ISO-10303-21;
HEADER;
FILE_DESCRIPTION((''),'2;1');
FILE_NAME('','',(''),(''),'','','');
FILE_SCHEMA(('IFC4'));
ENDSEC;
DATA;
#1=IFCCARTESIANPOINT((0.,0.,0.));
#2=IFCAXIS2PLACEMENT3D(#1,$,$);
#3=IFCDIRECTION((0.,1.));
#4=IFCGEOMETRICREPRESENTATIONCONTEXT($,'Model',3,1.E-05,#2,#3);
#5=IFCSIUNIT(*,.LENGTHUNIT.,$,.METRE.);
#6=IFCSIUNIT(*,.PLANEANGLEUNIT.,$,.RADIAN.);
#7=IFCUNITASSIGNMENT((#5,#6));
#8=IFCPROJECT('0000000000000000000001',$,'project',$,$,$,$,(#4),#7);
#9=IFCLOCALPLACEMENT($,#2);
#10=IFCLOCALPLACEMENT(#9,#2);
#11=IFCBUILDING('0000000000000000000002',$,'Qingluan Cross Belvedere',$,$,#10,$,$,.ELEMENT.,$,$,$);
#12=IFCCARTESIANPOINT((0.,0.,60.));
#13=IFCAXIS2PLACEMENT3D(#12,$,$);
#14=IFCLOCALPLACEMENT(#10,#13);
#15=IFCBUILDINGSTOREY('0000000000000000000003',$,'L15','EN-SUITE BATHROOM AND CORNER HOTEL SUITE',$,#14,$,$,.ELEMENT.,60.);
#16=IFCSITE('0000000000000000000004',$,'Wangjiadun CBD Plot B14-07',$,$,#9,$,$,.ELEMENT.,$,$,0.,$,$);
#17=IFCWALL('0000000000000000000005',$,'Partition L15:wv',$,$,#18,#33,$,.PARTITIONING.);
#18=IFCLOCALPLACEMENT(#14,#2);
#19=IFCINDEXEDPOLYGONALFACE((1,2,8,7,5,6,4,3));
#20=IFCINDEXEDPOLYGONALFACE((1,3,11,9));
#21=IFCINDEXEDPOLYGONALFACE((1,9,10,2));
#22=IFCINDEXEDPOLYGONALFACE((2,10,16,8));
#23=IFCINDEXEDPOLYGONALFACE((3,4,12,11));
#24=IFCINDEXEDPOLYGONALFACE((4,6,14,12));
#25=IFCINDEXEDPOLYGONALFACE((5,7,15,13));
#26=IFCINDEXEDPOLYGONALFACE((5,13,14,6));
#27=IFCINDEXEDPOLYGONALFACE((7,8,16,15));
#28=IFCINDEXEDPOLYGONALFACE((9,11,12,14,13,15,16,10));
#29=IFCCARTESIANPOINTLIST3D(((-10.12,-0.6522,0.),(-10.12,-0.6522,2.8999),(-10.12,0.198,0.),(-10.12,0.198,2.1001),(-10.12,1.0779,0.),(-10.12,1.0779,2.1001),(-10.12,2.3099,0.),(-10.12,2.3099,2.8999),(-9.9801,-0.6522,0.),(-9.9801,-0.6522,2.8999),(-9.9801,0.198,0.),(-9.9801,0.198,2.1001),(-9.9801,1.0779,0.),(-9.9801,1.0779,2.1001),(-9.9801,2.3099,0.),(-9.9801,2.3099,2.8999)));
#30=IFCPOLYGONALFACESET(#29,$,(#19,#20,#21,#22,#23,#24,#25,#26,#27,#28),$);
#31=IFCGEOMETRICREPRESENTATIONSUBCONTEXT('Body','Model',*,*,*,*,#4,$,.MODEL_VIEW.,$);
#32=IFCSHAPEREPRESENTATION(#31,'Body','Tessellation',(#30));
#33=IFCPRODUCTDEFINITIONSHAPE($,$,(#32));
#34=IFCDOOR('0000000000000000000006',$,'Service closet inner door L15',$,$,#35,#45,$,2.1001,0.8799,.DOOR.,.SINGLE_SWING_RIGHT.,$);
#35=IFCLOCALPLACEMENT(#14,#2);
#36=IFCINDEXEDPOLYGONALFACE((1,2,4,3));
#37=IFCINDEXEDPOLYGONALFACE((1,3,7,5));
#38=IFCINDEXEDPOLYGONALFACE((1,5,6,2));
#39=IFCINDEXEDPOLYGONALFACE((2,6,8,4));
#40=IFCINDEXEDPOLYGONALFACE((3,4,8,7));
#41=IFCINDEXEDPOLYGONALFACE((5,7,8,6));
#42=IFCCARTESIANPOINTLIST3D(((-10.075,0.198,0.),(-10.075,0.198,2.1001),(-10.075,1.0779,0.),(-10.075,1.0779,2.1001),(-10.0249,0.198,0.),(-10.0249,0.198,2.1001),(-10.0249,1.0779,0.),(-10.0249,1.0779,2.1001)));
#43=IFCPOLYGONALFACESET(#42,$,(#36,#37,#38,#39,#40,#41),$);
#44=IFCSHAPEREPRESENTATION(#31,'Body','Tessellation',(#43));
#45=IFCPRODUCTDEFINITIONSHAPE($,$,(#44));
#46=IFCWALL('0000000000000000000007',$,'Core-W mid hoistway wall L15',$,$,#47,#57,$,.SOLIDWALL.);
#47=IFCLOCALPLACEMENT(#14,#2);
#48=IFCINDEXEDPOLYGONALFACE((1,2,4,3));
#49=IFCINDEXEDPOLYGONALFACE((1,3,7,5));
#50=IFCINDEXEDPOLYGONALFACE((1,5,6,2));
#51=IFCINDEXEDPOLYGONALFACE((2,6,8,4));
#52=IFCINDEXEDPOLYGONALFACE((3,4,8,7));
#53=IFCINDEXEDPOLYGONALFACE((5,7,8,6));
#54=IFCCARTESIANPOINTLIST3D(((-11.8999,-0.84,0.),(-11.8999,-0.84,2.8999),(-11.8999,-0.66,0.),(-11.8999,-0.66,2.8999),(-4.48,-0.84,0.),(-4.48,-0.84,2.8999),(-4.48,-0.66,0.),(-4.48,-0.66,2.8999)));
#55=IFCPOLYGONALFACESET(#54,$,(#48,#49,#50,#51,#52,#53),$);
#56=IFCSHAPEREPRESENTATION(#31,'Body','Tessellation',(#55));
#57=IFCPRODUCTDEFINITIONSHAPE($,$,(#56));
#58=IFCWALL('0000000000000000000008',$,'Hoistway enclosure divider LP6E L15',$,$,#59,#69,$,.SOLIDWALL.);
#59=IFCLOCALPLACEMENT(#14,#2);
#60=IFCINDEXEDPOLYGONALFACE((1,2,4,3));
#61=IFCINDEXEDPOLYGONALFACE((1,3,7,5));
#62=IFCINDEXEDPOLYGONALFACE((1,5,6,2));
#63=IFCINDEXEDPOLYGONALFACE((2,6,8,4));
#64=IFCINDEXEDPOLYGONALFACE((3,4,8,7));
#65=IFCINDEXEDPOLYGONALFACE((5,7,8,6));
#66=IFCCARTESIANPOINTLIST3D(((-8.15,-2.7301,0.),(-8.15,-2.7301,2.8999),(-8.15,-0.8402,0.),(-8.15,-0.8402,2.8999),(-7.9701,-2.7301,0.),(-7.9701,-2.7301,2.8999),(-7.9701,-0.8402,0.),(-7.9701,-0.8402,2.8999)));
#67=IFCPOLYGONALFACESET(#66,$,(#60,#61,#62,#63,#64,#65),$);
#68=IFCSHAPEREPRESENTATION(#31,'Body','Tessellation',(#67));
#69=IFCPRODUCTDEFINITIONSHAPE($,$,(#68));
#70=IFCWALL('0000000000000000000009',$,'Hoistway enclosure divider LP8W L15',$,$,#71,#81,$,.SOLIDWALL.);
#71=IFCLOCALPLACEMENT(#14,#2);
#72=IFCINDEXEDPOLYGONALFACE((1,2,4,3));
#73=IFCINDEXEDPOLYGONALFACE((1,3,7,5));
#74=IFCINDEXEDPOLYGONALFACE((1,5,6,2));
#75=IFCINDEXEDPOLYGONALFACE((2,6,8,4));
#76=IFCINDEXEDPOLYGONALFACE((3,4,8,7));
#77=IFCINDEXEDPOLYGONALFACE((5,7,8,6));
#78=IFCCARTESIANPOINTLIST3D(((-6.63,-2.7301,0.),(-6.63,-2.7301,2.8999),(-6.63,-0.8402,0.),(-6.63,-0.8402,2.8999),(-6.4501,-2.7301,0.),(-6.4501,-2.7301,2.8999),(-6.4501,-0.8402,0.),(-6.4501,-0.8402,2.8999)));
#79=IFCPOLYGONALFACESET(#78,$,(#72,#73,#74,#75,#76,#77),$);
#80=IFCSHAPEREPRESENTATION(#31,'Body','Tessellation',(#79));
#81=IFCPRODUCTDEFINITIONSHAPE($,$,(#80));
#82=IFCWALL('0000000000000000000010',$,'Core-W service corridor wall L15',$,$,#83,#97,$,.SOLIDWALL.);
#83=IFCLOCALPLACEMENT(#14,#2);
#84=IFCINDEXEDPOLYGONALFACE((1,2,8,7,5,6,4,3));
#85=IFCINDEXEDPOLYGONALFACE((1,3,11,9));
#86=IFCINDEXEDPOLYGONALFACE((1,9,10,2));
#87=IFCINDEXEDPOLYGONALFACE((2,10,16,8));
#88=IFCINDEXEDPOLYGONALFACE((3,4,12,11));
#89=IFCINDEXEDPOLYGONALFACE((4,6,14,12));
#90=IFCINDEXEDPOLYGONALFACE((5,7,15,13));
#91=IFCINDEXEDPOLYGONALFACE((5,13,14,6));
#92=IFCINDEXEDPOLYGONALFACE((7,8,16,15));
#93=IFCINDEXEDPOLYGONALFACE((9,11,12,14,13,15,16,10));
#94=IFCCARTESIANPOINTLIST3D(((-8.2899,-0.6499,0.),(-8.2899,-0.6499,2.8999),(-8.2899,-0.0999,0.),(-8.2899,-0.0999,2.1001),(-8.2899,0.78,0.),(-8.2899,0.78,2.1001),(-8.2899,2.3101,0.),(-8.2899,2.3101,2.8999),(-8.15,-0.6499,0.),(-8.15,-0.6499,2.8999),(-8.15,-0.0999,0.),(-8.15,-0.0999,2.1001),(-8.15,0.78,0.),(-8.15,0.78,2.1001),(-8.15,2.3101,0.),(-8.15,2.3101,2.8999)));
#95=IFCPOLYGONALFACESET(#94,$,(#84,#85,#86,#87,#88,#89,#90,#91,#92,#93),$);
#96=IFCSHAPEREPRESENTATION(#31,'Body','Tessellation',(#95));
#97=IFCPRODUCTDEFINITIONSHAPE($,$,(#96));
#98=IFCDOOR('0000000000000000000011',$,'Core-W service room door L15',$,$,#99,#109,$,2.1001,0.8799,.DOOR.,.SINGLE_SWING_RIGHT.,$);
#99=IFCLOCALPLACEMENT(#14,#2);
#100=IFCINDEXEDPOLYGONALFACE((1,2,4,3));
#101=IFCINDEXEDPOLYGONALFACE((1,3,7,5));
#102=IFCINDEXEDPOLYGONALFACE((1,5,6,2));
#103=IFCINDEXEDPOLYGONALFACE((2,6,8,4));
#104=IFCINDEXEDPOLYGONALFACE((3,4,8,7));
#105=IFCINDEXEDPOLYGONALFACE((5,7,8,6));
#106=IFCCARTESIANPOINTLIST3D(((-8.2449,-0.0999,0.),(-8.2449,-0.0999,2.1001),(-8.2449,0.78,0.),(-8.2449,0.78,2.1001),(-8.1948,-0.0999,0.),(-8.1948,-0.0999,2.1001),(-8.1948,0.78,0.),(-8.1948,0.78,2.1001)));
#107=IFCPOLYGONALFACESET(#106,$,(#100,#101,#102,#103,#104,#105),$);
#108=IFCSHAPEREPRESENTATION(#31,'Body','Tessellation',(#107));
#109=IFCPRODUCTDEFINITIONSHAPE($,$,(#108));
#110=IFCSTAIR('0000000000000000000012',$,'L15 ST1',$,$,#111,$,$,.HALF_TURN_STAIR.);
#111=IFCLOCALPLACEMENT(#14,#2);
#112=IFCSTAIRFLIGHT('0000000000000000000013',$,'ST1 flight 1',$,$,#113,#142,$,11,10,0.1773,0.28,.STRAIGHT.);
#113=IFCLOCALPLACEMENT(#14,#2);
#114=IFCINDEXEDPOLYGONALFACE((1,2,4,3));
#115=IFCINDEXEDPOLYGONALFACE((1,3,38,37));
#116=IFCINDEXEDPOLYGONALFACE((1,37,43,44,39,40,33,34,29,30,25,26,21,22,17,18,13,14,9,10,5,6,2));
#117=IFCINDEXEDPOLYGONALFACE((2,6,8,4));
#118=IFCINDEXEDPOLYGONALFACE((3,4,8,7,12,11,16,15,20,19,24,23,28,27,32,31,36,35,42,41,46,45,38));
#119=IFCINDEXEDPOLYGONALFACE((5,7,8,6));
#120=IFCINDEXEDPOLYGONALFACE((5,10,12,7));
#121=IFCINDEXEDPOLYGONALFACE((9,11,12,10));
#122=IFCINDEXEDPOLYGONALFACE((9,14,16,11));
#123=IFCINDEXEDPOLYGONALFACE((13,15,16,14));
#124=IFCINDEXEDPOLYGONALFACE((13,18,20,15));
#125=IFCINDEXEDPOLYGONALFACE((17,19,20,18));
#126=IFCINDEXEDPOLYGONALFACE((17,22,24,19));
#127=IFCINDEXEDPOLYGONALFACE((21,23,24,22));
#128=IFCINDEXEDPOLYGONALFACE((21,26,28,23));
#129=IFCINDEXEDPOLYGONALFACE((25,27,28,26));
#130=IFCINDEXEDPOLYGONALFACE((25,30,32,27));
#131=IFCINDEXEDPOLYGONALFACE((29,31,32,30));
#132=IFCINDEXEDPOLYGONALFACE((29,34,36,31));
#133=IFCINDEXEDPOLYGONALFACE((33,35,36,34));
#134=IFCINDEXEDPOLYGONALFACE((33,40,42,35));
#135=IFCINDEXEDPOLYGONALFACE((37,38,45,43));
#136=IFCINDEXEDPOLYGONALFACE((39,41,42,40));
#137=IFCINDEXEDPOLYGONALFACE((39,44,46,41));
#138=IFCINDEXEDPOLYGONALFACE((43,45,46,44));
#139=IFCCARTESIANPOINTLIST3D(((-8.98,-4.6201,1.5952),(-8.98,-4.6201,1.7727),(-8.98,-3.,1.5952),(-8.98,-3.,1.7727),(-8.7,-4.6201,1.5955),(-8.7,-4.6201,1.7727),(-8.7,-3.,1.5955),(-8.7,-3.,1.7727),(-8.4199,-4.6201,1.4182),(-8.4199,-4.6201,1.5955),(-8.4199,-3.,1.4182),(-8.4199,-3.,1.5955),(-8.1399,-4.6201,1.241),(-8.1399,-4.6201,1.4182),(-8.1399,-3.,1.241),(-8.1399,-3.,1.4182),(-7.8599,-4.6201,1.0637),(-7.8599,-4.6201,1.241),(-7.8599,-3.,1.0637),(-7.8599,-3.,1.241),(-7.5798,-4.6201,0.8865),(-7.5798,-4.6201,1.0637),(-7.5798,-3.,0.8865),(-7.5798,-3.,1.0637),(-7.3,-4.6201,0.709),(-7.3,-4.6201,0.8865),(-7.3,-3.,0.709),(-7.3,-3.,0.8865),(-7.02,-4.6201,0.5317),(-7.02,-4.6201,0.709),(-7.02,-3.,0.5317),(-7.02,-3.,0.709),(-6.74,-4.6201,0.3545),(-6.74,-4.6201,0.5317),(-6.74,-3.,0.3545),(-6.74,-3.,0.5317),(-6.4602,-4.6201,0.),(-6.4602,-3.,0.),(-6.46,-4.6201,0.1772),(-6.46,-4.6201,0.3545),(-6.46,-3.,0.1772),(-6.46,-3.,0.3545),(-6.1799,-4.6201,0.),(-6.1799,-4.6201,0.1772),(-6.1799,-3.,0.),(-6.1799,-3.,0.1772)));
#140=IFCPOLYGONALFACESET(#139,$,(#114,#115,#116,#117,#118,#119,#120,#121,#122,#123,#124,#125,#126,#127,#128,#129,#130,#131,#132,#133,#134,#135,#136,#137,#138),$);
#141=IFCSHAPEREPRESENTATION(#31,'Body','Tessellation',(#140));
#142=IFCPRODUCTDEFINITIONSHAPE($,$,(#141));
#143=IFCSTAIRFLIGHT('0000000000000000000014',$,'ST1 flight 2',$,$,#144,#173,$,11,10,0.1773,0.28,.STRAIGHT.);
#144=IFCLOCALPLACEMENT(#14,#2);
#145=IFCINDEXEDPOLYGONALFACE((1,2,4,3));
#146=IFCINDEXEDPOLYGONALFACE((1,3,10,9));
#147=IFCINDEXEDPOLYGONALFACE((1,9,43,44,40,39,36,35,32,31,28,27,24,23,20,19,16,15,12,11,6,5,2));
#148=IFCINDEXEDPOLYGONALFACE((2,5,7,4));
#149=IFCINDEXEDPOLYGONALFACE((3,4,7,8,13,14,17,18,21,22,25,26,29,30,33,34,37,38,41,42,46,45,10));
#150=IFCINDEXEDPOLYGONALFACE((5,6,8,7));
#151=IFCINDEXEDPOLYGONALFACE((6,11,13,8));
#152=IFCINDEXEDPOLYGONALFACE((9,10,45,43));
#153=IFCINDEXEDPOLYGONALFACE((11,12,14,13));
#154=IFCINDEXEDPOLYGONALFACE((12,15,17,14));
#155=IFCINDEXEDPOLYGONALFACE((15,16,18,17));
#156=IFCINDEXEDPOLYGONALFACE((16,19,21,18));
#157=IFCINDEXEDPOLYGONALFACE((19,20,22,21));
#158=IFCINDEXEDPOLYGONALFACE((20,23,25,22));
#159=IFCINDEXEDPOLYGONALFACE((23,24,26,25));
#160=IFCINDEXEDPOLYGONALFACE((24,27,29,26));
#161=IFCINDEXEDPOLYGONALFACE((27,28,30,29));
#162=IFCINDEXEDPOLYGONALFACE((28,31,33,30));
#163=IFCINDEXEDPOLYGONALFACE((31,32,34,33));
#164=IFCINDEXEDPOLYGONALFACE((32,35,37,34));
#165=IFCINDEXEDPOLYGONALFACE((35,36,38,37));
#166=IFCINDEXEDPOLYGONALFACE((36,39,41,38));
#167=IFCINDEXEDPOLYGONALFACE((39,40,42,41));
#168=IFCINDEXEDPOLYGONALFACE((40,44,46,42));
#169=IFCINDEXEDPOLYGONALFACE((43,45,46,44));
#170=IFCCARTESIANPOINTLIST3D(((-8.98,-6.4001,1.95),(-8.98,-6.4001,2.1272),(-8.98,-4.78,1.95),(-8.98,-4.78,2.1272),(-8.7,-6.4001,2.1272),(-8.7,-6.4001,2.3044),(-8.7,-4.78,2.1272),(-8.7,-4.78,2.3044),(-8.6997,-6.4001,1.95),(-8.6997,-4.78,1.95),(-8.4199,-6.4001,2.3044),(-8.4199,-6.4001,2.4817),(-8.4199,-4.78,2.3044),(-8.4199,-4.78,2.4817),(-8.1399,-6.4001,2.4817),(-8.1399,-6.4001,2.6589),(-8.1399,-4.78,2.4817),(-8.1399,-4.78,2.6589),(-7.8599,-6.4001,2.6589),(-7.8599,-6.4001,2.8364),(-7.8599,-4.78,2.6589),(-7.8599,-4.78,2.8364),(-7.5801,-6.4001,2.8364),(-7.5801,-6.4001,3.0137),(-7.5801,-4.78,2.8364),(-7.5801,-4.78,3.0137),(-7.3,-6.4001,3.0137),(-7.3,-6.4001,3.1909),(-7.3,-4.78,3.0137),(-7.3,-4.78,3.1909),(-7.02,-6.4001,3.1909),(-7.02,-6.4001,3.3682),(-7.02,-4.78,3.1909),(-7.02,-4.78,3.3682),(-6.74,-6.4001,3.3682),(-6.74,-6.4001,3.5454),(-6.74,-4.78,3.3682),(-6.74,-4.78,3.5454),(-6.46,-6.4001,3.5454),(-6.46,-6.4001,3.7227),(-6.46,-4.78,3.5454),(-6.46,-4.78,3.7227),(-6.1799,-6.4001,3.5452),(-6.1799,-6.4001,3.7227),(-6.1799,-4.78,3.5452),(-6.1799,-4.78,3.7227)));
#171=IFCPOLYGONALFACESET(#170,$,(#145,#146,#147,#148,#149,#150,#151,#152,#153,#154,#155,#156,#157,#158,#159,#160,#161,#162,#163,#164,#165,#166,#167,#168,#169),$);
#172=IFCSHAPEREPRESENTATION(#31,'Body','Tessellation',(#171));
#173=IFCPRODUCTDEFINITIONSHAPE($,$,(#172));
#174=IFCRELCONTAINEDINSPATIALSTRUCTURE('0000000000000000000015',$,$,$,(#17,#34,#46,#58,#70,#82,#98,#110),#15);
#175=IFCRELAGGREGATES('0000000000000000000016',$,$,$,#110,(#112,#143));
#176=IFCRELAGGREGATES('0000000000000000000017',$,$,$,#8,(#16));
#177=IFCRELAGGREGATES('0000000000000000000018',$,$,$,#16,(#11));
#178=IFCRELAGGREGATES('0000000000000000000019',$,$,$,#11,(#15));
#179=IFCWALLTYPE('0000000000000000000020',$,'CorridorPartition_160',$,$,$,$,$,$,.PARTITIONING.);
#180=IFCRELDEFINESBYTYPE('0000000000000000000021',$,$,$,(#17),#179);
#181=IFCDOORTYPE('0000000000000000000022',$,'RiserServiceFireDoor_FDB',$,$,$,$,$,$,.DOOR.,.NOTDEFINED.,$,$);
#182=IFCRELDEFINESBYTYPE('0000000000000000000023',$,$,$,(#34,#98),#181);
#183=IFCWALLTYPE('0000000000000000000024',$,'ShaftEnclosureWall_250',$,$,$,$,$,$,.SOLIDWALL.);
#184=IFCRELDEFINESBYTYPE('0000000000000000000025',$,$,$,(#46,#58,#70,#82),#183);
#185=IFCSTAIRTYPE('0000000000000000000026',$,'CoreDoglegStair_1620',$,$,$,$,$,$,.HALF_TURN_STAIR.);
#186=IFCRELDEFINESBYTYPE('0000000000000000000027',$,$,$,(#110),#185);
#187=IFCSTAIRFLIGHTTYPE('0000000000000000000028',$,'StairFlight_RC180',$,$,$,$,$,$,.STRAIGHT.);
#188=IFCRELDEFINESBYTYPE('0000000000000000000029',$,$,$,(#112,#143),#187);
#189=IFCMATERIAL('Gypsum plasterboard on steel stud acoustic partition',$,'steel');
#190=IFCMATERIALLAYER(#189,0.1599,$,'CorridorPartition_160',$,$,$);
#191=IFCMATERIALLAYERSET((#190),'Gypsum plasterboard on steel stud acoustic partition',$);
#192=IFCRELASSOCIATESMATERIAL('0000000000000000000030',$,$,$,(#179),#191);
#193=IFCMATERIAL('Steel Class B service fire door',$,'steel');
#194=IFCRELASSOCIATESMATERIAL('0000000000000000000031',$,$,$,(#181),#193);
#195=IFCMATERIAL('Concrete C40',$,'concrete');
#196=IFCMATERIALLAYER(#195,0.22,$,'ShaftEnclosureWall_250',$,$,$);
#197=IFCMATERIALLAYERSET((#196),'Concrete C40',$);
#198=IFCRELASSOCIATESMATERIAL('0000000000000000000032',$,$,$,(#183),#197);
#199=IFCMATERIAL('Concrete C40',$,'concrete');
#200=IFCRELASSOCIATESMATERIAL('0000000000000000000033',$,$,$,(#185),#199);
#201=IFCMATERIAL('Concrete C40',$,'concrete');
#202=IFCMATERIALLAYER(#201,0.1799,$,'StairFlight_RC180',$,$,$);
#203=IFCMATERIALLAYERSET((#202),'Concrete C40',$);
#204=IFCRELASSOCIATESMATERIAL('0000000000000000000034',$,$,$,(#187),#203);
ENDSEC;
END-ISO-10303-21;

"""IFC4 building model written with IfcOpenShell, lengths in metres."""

from ifc_helpers import new_model, si_unit, direction, frame, frame_2d, origin, place, context, subcontext, project, spatial, polyline, rectangle, outline, extrude, material, layer, layer_set, type_object, element, fill, aggregate, save


model = new_model("IFC4")

# Units and contexts
model_context = context("Model", 3, precision=1e-05, world=origin(), true_north=direction((0.0, 1.0)))
body_context = subcontext(model_context, "Body", "Model", "MODEL_VIEW")
ifc_project = project(units=[si_unit("LENGTHUNIT", "METRE"), si_unit("PLANEANGLEUNIT", "RADIAN")], contexts=[model_context])

# Site, building, storey
site_placement = place(None, origin())
site = spatial("IfcSite", under=ifc_project, at=site_placement, Name="Wangjiadun CBD Plot B14-07", CompositionType="ELEMENT", RefElevation=0.0)
building_placement = place(site_placement, origin())
building = spatial("IfcBuilding", under=site, at=building_placement, Name="Qingluan Cross Belvedere", CompositionType="ELEMENT")
storey_placement = place(building_placement, frame((0.0, 0.0, 60.0)))
storey = spatial("IfcBuildingStorey", under=building, at=storey_placement, Name="L15", Description="EN-SUITE BATHROOM AND CORNER HOTEL SUITE", CompositionType="ELEMENT", Elevation=60.0)

# Wall, opening, door
ifc_material_1 = material(Name="Gypsum plasterboard on steel stud acoustic partition", Category="steel")
ifc_layer_1 = layer(ifc_material_1, 0.1599, Name="CorridorPartition_160")
ifc_layer_set_1 = layer_set([ifc_layer_1], Name="Gypsum plasterboard on steel stud acoustic partition")
wall_type_1 = type_object("IfcWallType", Name="CorridorPartition_160", PredefinedType="PARTITIONING", material=ifc_layer_set_1)
wall_1_placement = place(storey_placement, frame((-10.05, -0.6521, 0.0), z_axis=(0.0, 0.0, 1.0), x_axis=(0.0, 1.0, 0.0)))
wall_1 = element("IfcWall", 1, at=wall_1_placement, inside=storey, type_object=wall_type_1, Name="Partition L15:wv", PredefinedType="PARTITIONING", context=body_context, shape_type="SweptSolid", body=[
    extrude(rectangle(XDim=2.9622, YDim=0.1399, at=frame_2d((1.481, 0.0))), origin(), (0.0, 0.0, 1.0), 2.8999),
])
opening_1_placement = place(wall_1_placement, frame((0.8501, 0.0, 0.0)))
opening_1 = element("IfcOpeningElement", 2, at=opening_1_placement, cuts=wall_1, PredefinedType="OPENING", context=body_context, shape_type="SweptSolid", body=[
    extrude(rectangle(XDim=0.8799, YDim=2.1001, at=frame_2d((0.4399, 1.05))), frame((0.0, 0.0798, 0.0), z_axis=(0.0, -1.0, 0.0), x_axis=(1.0, 0.0, 0.0)), (0.0, 0.0, 1.0), 0.1599),
])
ifc_material_2 = material(Name="Steel Class B service fire door", Category="steel")
door_type_1 = type_object("IfcDoorType", Name="RiserServiceFireDoor_FDB", OperationType="NOTDEFINED", PredefinedType="DOOR", material=ifc_material_2)
door_1_placement = place(opening_1_placement, origin())
door_1 = element("IfcDoor", 3, at=door_1_placement, inside=storey, type_object=door_type_1, Name="Service closet inner door L15", OperationType="SINGLE_SWING_RIGHT", OverallHeight=2.1001, OverallWidth=0.8799, PredefinedType="DOOR", context=body_context, shape_type="SweptSolid", body=[
    extrude(rectangle(XDim=0.8799, YDim=2.1001, at=frame_2d((0.4399, 1.05))), frame((0.0, 0.0249, 0.0), z_axis=(0.0, -1.0, 0.0), x_axis=(1.0, 0.0, 0.0)), (0.0, 0.0, 1.0), 0.05),
])
fill(opening_1, door_1)

# Walls
ifc_material_3 = material(Name="Concrete C40", Category="concrete")
ifc_layer_2 = layer(ifc_material_3, 0.22, Name="ShaftEnclosureWall_250")
ifc_layer_set_2 = layer_set([ifc_layer_2], Name="Concrete C40")
wall_type_2 = type_object("IfcWallType", Name="ShaftEnclosureWall_250", PredefinedType="SOLIDWALL", material=ifc_layer_set_2)
wall_2_placement = place(storey_placement, frame((-11.8999, -0.75, 0.0), z_axis=(0.0, 0.0, 1.0), x_axis=(1.0, 0.0, 0.0)))
element("IfcWall", 4, at=wall_2_placement, inside=storey, type_object=wall_type_2, Name="Core-W mid hoistway wall L15", PredefinedType="SOLIDWALL", context=body_context, shape_type="SweptSolid", body=[
    extrude(rectangle(XDim=7.4199, YDim=0.1799, at=frame_2d((3.71, 0.0))), origin(), (0.0, 0.0, 1.0), 2.8999),
])
for number, where, z_axis, x_axis, name in (
    (5, (-8.0601, -2.73, 0.0), (0.0, 0.0, 1.0), (0.0, 1.0, 0.0), "Hoistway enclosure divider LP6E L15"),
    (6, (-6.54, -2.73, 0.0), (0.0, 0.0, 1.0), (0.0, 1.0, 0.0), "Hoistway enclosure divider LP8W L15"),
):
    element("IfcWall", number, at=place(storey_placement, frame(where, z_axis=z_axis, x_axis=x_axis)), inside=storey, type_object=wall_type_2, Name=name, PredefinedType="SOLIDWALL", context=body_context, shape_type="SweptSolid", body=[
        extrude(rectangle(XDim=1.8899, YDim=0.1799, at=frame_2d((0.9448, 0.0))), origin(), (0.0, 0.0, 1.0), 2.8999),
    ])

# Wall, opening, door
wall_3_placement = place(storey_placement, frame((-8.22, -0.6499, 0.0), z_axis=(0.0, 0.0, 1.0), x_axis=(0.0, 1.0, 0.0)))
wall_3 = element("IfcWall", 7, at=wall_3_placement, inside=storey, type_object=wall_type_2, Name="Core-W service corridor wall L15", PredefinedType="SOLIDWALL", context=body_context, shape_type="SweptSolid", body=[
    extrude(rectangle(XDim=2.96, YDim=0.1399, at=frame_2d((1.48, 0.0))), origin(), (0.0, 0.0, 1.0), 2.8999),
])
opening_2_placement = place(wall_3_placement, frame((0.55, 0.0, 0.0)))
opening_2 = element("IfcOpeningElement", 8, at=opening_2_placement, cuts=wall_3, PredefinedType="OPENING", context=body_context, shape_type="SweptSolid", body=[
    extrude(rectangle(XDim=0.8799, YDim=2.1001, at=frame_2d((0.4399, 1.05))), frame((0.0, 0.0798, 0.0), z_axis=(0.0, -1.0, 0.0), x_axis=(1.0, 0.0, 0.0)), (0.0, 0.0, 1.0), 0.1599),
])
door_2_placement = place(opening_2_placement, origin())
door_2 = element("IfcDoor", 9, at=door_2_placement, inside=storey, type_object=door_type_1, Name="Core-W service room door L15", OperationType="SINGLE_SWING_RIGHT", OverallHeight=2.1001, OverallWidth=0.8799, PredefinedType="DOOR", context=body_context, shape_type="SweptSolid", body=[
    extrude(rectangle(XDim=0.8799, YDim=2.1001, at=frame_2d((0.4399, 1.05))), frame((0.0, 0.0249, 0.0), z_axis=(0.0, -1.0, 0.0), x_axis=(1.0, 0.0, 0.0)), (0.0, 0.0, 1.0), 0.05),
])
fill(opening_2, door_2)

# Stair, stair flights
ifc_material_4 = material(Name="Concrete C40", Category="concrete")
stair_type = type_object("IfcStairType", Name="CoreDoglegStair_1620", PredefinedType="HALF_TURN_STAIR", material=ifc_material_4)
stair_placement = place(storey_placement, origin())
stair = element("IfcStair", 10, at=stair_placement, inside=storey, type_object=stair_type, Name="L15 ST1", PredefinedType="HALF_TURN_STAIR")
ifc_material_5 = material(Name="Concrete C40", Category="concrete")
ifc_layer_3 = layer(ifc_material_5, 0.1799, Name="StairFlight_RC180")
ifc_layer_set_3 = layer_set([ifc_layer_3], Name="Concrete C40")
stair_flight_type = type_object("IfcStairFlightType", Name="StairFlight_RC180", PredefinedType="STRAIGHT", material=ifc_layer_set_3)
stair_flight_1_placement = place(storey_placement, frame((-6.1799, -3.8101, 0.0), z_axis=(0.0, 0.0, 1.0), x_axis=(-1.0, 0.0, 0.0)))
stair_flight_1 = element("IfcStairFlight", 11, at=stair_flight_1_placement, type_object=stair_flight_type, Name="ST1 flight 1", NumberOfRisers=11, NumberOfTreads=10, PredefinedType="STRAIGHT", RiserHeight=0.1773, TreadLength=0.28, context=body_context, shape_type="SweptSolid", body=[
    extrude(outline(polyline([(0.0, 0.0), (0.0, 0.1772), (0.28, 0.1772), (0.28, 0.3545), (0.5601, 0.3545), (0.5601, 0.5317), (0.8401, 0.5317), (0.8401, 0.709), (1.1201, 0.709), (1.1201, 0.8865), (1.3999, 0.8865), (1.3999, 1.0637), (1.6799, 1.0637), (1.6799, 1.241), (1.96, 1.241), (1.96, 1.4182), (2.24, 1.4182), (2.24, 1.5955), (2.52, 1.5955), (2.52, 1.7727), (2.8, 1.7727), (2.8, 1.95), (2.8, 1.5952), (0.2803, 0.0), (0.0, 0.0)])), frame((0.0, 0.8101, 0.0), z_axis=(0.0, -1.0, 0.0), x_axis=(1.0, 0.0, 0.0)), (0.0, 0.0, 1.0), 1.6201),
])
stair_flight_2_placement = place(storey_placement, frame((-8.98, -5.5901, 1.95), z_axis=(0.0, 0.0, 1.0), x_axis=(1.0, 0.0, 0.0)))
stair_flight_2 = element("IfcStairFlight", 12, at=stair_flight_2_placement, type_object=stair_flight_type, Name="ST1 flight 2", NumberOfRisers=11, NumberOfTreads=10, PredefinedType="STRAIGHT", RiserHeight=0.1773, TreadLength=0.28, context=body_context, shape_type="SweptSolid", body=[
    extrude(outline(polyline([(0.0, 0.0), (0.0, 0.1772), (0.28, 0.1772), (0.28, 0.3545), (0.5601, 0.3545), (0.5601, 0.5317), (0.8401, 0.5317), (0.8401, 0.709), (1.1201, 0.709), (1.1201, 0.8865), (1.3999, 0.8865), (1.3999, 1.0637), (1.6799, 1.0637), (1.6799, 1.241), (1.96, 1.241), (1.96, 1.4182), (2.24, 1.4182), (2.24, 1.5955), (2.52, 1.5955), (2.52, 1.7727), (2.8, 1.7727), (2.8, 1.95), (2.8, 1.5952), (0.2803, 0.0), (0.0, 0.0)])), frame((0.0, 0.8101, 0.0), z_axis=(0.0, -1.0, 0.0), x_axis=(1.0, 0.0, 0.0)), (0.0, 0.0, 1.0), 1.6201),
])
aggregate(stair, [stair_flight_1, stair_flight_2])

save(model, "model.ifc")
